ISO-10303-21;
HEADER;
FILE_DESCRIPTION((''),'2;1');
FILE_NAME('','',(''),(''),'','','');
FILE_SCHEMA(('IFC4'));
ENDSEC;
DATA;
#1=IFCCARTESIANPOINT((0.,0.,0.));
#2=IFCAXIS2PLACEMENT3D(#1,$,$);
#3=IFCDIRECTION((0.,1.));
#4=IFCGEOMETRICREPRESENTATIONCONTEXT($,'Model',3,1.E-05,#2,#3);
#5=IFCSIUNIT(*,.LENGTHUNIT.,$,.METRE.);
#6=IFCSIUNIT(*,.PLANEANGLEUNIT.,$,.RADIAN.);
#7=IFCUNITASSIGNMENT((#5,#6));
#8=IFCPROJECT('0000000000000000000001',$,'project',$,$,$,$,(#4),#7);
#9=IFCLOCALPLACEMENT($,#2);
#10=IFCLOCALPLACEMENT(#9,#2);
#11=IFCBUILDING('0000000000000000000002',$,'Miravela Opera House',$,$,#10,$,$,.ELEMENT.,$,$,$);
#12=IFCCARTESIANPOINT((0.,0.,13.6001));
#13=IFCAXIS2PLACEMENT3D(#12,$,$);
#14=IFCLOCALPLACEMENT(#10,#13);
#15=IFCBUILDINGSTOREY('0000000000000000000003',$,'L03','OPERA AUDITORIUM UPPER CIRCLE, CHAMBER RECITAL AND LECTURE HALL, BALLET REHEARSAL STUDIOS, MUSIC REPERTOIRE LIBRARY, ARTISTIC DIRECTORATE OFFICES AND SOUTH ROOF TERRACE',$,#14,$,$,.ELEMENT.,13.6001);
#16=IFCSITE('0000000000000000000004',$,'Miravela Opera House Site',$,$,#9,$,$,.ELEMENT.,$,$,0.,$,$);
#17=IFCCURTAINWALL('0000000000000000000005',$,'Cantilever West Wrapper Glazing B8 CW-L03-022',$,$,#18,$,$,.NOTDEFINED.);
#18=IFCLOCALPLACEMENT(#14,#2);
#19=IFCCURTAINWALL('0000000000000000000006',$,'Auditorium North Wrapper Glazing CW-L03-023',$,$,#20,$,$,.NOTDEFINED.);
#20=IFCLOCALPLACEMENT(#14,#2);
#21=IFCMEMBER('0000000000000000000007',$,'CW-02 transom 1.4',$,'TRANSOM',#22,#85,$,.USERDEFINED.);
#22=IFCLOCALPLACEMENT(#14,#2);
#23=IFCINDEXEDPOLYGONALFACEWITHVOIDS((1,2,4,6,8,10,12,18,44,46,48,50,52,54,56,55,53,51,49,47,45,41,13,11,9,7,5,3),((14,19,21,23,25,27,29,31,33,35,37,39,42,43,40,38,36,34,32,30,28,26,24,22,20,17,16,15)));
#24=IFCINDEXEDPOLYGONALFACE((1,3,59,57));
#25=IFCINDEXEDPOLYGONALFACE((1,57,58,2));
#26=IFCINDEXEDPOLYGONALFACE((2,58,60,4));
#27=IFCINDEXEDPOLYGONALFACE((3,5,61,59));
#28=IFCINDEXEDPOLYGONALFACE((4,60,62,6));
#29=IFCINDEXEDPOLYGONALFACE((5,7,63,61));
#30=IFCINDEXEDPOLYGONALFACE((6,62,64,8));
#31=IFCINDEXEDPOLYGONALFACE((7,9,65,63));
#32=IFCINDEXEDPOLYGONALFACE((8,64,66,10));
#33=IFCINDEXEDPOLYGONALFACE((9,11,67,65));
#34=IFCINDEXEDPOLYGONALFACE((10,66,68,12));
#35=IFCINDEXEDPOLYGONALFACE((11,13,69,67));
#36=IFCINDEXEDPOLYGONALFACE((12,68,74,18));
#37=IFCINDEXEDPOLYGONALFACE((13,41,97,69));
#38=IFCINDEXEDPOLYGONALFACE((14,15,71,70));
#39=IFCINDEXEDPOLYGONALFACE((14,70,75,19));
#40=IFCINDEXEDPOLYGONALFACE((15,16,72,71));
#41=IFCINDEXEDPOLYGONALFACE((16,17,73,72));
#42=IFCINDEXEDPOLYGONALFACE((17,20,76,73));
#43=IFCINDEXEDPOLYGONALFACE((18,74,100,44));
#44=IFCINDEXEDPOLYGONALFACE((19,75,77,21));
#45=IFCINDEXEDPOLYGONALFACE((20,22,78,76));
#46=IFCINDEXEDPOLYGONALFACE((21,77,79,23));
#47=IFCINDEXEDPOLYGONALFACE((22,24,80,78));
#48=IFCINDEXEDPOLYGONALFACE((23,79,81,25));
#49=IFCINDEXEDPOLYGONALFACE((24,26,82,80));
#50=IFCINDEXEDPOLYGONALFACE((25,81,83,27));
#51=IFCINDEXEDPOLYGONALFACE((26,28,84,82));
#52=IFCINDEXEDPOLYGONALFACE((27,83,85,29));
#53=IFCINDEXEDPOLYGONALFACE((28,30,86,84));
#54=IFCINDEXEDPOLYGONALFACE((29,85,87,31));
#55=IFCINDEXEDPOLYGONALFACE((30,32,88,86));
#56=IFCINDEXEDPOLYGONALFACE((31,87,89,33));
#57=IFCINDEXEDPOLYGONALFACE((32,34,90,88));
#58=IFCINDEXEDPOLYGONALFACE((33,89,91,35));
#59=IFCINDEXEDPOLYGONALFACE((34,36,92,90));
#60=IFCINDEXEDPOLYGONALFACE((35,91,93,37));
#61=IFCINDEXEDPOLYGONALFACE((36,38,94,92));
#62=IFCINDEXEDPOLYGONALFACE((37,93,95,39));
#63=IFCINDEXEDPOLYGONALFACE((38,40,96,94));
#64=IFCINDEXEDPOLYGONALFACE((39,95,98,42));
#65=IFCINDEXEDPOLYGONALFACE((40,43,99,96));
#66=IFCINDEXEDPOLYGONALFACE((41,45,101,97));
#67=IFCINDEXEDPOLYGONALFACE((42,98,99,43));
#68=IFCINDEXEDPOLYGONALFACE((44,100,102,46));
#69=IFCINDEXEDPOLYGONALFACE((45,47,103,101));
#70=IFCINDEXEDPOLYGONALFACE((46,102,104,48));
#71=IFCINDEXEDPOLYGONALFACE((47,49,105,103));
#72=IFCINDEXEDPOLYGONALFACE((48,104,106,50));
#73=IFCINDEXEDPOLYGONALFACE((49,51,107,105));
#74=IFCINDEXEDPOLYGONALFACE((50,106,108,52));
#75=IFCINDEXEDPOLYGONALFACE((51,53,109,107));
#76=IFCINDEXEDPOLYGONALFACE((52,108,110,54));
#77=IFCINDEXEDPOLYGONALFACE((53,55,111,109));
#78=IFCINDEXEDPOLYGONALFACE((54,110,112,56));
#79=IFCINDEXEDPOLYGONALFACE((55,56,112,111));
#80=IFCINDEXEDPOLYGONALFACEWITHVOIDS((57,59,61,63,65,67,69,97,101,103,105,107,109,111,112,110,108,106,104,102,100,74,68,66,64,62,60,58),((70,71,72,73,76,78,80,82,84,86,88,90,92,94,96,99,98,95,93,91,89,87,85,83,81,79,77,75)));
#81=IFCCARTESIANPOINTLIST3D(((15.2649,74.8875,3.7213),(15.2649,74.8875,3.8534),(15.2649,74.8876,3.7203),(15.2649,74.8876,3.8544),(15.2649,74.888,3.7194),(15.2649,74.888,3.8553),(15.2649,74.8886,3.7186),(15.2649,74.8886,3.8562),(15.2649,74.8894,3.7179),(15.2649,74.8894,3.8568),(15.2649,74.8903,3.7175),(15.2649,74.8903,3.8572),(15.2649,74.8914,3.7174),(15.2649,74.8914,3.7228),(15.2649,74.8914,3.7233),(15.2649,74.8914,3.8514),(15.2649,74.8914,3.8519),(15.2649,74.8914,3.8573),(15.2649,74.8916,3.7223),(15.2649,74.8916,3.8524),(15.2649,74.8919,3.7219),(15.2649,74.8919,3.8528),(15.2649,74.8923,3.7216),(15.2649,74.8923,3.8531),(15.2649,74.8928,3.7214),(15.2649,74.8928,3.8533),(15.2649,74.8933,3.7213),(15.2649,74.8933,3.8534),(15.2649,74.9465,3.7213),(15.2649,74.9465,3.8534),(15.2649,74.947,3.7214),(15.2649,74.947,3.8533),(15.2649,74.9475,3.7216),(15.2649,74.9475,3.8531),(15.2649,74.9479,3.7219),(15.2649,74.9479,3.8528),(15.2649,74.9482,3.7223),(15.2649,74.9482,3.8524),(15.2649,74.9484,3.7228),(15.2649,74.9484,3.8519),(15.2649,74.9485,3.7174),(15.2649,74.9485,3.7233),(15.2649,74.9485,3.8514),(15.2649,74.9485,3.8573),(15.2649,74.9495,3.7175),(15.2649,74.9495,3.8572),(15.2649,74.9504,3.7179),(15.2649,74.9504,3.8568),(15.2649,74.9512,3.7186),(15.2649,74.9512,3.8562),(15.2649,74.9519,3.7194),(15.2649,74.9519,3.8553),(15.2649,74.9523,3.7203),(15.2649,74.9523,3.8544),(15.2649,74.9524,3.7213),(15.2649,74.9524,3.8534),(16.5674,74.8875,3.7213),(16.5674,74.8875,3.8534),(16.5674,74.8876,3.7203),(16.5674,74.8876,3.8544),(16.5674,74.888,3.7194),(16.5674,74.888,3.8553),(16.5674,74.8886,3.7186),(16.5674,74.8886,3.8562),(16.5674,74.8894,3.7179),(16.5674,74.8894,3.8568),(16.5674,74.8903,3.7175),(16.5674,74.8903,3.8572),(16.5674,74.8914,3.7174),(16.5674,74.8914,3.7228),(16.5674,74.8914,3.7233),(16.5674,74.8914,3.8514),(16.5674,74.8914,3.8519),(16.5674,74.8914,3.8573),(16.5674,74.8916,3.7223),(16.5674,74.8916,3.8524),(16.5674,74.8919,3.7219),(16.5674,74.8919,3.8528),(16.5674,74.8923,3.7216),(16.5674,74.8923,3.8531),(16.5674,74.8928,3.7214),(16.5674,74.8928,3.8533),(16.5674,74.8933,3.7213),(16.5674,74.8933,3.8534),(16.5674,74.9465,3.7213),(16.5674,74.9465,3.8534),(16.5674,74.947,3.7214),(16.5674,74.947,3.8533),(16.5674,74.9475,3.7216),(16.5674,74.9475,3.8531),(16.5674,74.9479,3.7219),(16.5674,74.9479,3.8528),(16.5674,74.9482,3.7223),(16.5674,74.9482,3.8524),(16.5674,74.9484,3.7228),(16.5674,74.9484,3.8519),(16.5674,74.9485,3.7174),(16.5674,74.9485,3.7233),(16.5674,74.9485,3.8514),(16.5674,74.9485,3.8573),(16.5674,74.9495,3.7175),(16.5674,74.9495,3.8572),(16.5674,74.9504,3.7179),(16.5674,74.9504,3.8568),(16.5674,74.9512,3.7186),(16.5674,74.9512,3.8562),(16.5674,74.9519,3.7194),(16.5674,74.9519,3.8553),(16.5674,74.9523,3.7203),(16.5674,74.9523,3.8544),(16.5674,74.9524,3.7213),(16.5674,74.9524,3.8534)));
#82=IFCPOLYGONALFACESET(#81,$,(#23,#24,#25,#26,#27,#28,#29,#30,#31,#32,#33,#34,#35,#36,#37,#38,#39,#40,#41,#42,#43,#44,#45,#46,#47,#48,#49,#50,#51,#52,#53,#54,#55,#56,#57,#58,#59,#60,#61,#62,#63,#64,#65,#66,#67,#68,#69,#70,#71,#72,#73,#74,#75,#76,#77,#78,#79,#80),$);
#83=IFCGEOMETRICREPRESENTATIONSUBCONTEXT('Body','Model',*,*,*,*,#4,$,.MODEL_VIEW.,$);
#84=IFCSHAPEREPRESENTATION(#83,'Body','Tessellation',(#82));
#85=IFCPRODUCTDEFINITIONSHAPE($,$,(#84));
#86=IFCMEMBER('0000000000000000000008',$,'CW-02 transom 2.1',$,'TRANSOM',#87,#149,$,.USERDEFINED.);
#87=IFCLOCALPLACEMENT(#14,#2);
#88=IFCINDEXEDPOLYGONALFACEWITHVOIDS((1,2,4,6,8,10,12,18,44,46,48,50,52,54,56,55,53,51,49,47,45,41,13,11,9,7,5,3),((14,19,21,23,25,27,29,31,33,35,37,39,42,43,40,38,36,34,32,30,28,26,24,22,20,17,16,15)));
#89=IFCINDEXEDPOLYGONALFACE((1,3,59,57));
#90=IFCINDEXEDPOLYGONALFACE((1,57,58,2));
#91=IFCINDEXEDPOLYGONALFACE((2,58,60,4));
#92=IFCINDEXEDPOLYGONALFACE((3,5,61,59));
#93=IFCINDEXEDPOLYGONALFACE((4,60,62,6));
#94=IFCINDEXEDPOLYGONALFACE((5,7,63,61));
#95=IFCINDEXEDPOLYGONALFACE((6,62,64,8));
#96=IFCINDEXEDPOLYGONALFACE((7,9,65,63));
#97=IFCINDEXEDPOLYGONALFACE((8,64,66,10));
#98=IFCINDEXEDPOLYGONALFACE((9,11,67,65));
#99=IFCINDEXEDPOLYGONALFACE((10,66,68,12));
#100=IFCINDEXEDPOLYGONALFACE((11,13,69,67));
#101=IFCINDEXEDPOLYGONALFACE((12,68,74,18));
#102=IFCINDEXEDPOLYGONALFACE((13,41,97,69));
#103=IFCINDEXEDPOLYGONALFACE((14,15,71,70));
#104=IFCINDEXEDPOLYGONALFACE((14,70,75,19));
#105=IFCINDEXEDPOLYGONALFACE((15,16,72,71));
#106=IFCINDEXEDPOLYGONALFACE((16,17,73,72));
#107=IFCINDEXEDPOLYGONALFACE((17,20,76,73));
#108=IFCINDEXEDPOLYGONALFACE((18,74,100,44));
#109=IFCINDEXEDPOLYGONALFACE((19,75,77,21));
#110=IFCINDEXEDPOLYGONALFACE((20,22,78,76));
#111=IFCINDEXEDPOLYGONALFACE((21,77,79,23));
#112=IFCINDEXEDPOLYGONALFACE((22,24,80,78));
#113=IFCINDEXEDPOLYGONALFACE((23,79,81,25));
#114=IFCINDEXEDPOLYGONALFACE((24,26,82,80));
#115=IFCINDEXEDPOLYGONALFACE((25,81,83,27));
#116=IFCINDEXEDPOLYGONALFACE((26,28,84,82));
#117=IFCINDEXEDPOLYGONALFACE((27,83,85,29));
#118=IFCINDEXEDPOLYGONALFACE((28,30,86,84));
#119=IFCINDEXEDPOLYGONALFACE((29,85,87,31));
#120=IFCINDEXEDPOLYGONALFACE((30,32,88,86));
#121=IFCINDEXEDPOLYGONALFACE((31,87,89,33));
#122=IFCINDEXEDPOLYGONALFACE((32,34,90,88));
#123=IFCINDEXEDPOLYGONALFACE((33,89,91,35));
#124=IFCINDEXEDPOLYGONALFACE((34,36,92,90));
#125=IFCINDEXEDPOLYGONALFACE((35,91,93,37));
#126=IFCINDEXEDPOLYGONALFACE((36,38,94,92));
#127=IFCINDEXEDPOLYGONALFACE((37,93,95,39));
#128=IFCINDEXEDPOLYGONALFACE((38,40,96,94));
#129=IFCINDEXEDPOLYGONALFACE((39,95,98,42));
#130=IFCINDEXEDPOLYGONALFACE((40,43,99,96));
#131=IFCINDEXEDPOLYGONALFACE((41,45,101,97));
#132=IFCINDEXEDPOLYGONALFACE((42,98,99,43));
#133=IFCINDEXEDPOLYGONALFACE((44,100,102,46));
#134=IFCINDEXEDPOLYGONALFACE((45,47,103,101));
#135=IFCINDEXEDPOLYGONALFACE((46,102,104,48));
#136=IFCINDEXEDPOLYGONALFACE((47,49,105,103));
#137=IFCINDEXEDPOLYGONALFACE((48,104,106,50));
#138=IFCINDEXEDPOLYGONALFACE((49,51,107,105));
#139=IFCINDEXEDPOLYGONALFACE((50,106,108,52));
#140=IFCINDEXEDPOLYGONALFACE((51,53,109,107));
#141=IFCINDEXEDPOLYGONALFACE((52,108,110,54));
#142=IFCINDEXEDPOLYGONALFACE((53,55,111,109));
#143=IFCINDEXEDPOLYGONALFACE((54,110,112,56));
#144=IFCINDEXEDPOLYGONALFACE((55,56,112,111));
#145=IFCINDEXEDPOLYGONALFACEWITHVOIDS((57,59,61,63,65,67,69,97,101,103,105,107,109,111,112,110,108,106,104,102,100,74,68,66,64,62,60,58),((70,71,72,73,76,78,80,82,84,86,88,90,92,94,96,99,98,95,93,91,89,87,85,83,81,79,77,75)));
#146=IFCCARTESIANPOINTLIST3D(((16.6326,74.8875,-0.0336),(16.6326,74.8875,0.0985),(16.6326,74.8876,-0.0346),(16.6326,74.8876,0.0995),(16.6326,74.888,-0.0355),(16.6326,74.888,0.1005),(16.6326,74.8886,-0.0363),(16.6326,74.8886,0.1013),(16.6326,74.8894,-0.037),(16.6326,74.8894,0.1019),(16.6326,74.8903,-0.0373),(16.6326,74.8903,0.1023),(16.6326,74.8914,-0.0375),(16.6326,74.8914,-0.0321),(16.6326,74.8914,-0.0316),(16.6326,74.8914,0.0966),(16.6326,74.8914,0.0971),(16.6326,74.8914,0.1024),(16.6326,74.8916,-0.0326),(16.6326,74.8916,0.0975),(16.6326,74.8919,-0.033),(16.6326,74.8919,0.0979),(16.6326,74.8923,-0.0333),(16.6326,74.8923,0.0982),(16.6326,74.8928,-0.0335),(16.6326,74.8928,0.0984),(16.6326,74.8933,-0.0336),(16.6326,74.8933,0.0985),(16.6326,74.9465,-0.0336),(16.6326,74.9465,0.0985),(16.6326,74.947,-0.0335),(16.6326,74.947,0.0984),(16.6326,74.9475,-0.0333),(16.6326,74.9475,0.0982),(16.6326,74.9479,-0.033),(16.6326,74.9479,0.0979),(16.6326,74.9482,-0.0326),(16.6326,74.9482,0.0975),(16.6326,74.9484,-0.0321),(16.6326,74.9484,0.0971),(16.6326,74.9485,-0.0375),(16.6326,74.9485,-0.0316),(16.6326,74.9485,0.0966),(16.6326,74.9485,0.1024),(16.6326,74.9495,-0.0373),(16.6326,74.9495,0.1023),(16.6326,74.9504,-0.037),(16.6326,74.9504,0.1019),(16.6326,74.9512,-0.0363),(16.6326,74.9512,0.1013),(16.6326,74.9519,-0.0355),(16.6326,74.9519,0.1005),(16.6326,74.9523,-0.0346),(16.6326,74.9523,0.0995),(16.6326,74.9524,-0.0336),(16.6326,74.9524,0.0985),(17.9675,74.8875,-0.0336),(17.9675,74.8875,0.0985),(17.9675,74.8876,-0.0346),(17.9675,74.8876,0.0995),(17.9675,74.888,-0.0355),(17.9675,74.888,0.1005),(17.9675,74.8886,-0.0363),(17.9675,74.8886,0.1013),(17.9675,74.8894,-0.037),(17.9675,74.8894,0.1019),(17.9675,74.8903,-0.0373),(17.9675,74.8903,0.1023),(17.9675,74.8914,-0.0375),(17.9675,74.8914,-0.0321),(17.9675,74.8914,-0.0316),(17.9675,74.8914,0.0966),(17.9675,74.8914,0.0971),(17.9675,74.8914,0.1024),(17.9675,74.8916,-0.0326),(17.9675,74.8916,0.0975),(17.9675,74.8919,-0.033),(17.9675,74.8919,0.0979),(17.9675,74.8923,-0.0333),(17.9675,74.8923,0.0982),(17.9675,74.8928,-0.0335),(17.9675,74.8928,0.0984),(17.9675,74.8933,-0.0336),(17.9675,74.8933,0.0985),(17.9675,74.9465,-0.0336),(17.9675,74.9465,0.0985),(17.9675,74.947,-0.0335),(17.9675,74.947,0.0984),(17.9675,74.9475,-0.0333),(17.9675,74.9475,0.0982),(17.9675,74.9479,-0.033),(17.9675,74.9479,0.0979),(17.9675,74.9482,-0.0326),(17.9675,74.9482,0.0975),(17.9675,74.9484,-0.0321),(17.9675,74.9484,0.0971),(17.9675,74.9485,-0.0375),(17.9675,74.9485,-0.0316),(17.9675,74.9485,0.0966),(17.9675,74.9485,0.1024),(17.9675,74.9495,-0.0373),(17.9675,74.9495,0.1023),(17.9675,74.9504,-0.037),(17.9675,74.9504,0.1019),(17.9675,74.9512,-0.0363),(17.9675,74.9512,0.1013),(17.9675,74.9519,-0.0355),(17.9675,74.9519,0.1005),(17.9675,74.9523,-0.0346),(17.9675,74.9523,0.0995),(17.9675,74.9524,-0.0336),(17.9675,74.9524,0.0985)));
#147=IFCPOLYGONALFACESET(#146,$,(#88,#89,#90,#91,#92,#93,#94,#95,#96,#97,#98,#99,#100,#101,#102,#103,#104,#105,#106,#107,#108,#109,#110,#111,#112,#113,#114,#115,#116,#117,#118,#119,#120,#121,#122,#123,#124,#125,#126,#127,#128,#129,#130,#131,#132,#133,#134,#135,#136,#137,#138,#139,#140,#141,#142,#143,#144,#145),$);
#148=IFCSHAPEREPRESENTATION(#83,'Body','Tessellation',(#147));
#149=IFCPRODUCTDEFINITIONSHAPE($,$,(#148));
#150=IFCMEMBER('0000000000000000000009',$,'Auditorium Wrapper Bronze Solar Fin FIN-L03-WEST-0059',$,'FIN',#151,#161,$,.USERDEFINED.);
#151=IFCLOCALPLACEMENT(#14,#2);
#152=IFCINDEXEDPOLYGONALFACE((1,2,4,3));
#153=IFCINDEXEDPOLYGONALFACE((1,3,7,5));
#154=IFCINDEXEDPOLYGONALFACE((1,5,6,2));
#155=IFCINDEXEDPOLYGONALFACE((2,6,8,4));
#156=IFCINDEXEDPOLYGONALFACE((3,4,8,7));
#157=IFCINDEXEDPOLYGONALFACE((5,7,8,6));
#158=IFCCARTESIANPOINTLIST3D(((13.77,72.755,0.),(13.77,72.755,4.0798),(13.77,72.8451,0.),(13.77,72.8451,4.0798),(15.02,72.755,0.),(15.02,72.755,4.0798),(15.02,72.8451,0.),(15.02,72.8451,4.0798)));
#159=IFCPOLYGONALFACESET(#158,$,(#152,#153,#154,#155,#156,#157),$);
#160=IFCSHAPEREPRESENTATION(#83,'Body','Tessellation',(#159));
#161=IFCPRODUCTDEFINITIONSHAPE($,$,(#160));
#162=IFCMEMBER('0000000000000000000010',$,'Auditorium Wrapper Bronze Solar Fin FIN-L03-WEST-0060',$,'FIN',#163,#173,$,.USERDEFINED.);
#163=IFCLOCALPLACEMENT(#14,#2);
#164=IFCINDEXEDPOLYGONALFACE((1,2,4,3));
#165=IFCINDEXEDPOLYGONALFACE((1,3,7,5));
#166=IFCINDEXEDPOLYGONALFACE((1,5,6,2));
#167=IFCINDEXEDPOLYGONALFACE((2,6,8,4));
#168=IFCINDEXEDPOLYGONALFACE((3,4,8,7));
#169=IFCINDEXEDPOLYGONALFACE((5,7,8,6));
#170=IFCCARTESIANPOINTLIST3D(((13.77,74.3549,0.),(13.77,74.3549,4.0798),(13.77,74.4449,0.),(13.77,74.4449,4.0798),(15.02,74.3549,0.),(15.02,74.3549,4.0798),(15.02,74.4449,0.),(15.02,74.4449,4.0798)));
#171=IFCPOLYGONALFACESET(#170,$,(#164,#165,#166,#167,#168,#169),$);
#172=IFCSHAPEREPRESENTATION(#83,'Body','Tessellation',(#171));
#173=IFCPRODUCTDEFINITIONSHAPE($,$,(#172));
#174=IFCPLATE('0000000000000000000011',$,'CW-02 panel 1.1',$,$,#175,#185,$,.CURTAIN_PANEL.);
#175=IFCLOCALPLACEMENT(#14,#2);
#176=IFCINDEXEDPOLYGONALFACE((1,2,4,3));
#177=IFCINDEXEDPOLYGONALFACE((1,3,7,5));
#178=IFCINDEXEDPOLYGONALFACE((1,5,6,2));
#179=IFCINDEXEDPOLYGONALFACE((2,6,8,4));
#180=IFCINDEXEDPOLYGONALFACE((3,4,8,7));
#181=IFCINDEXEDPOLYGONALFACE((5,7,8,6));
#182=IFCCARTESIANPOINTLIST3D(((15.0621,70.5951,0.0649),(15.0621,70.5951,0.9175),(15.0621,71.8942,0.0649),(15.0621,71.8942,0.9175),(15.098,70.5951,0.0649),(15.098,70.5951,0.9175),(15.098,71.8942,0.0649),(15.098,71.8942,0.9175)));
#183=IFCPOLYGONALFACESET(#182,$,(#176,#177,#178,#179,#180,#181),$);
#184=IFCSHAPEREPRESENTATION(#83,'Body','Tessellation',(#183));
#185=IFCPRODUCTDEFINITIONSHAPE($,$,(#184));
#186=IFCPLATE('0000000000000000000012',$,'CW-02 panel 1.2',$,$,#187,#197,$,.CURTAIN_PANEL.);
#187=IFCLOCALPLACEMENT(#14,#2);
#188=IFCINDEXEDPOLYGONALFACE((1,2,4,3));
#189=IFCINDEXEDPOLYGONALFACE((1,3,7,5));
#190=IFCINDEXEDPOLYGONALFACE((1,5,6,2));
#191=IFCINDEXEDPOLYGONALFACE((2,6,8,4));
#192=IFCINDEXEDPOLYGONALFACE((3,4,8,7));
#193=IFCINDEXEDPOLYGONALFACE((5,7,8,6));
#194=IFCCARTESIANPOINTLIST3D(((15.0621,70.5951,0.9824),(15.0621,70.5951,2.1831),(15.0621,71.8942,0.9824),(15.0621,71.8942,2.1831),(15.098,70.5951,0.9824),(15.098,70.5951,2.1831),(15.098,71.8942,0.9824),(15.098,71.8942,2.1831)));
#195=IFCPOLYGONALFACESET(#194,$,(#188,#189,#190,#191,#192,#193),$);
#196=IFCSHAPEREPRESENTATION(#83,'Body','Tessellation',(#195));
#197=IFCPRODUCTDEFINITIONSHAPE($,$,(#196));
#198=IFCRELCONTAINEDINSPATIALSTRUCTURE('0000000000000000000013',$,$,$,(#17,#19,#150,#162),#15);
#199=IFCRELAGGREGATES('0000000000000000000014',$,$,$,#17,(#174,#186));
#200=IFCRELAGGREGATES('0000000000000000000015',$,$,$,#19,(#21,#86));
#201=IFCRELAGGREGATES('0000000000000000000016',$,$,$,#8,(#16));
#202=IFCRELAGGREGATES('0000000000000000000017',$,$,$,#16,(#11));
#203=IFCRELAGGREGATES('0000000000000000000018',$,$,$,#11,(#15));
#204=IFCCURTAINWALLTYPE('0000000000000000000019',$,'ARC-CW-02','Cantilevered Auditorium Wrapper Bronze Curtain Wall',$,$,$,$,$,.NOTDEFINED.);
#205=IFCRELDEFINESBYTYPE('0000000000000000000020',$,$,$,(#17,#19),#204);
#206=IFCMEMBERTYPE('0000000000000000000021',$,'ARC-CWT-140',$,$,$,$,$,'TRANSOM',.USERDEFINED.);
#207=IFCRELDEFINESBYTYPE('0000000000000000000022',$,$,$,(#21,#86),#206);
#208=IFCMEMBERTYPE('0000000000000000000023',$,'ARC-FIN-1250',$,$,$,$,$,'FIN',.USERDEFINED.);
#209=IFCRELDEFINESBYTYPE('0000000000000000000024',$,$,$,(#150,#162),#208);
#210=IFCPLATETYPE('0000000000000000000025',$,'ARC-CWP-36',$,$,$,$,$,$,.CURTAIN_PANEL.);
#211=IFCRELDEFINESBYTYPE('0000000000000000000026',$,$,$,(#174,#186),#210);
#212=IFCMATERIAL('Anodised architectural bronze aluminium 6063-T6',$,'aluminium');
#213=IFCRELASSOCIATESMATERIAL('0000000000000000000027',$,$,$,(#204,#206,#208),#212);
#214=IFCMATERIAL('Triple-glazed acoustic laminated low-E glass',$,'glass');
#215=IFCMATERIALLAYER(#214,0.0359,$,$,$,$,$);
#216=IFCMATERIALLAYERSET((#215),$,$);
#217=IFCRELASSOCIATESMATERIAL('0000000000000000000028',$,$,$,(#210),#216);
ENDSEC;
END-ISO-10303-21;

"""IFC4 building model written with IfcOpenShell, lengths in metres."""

from ifc_helpers import new_model, si_unit, direction, frame, origin, origin_2d, place, context, subcontext, project, spatial, rectangle, hollow_rectangle, extrude, material, layer, layer_set, material_profile, profile_set, type_object, element, aggregate, save


model = new_model("IFC4")

# Units and contexts
model_context = context("Model", 3, precision=1e-05, world=origin(), true_north=direction((0.0, 1.0)))
body_context = subcontext(model_context, "Body", "Model", "MODEL_VIEW")
ifc_project = project(units=[si_unit("LENGTHUNIT", "METRE"), si_unit("PLANEANGLEUNIT", "RADIAN")], contexts=[model_context])

# Site, building, storey
site_placement = place(None, origin())
site = spatial("IfcSite", under=ifc_project, at=site_placement, Name="Miravela Opera House Site", CompositionType="ELEMENT", RefElevation=0.0)
building_placement = place(site_placement, origin())
building = spatial("IfcBuilding", under=site, at=building_placement, Name="Miravela Opera House", CompositionType="ELEMENT")
storey_placement = place(building_placement, frame((0.0, 0.0, 13.6001)))
storey = spatial("IfcBuildingStorey", under=building, at=storey_placement, Name="L03", Description="OPERA AUDITORIUM UPPER CIRCLE, CHAMBER RECITAL AND LECTURE HALL, BALLET REHEARSAL STUDIOS, MUSIC REPERTOIRE LIBRARY, ARTISTIC DIRECTORATE OFFICES AND SOUTH ROOF TERRACE", CompositionType="ELEMENT", Elevation=13.6001)

# Curtain walls
ifc_material_1 = material(Name="Anodised architectural bronze aluminium 6063-T6", Category="aluminium")
curtain_wall_type = type_object("IfcCurtainWallType", Name="ARC-CW-02", Description="Cantilevered Auditorium Wrapper Bronze Curtain Wall", PredefinedType="NOTDEFINED", material=ifc_material_1)
curtain_wall_1_placement = place(storey_placement, origin())
curtain_wall_1 = element("IfcCurtainWall", 1, at=curtain_wall_1_placement, inside=storey, type_object=curtain_wall_type, Name="Cantilever West Wrapper Glazing B8 CW-L03-022", PredefinedType="NOTDEFINED")
curtain_wall_2_placement = place(storey_placement, origin())
curtain_wall_2 = element("IfcCurtainWall", 2, at=curtain_wall_2_placement, inside=storey, type_object=curtain_wall_type, Name="Auditorium North Wrapper Glazing CW-L03-023", PredefinedType="NOTDEFINED")

# Members
ifc_material_profile_1 = material_profile(ifc_material_1, hollow_rectangle(XDim=0.0649, YDim=0.1399, WallThickness=0.0039, InnerFilletRadius=0.002, OuterFilletRadius=0.0039, at=origin_2d()), Name="CWT-65X140")
ifc_profile_set_1 = profile_set([ifc_material_profile_1])
member_type_1 = type_object("IfcMemberType", Name="ARC-CWT-140", ElementType="TRANSOM", PredefinedType="USERDEFINED", material=ifc_profile_set_1)
member_1_placement = place(storey_placement, frame((15.2649, 74.9199, 3.7874), z_axis=(1.0, 0.0, 0.0), x_axis=(0.0, 1.0, 0.0)))
member_1 = element("IfcMember", 3, at=member_1_placement, type_object=member_type_1, Name="CW-02 transom 1.4", ObjectType="TRANSOM", PredefinedType="USERDEFINED", context=body_context, shape_type="SweptSolid", body=[
    extrude(hollow_rectangle(XDim=0.0649, YDim=0.1399, WallThickness=0.0039, InnerFilletRadius=0.002, OuterFilletRadius=0.0039, at=origin_2d()), origin(), (0.0, 0.0, 1.0), 1.3025),
])
member_2_placement = place(storey_placement, frame((16.6326, 74.9199, 0.0325), z_axis=(1.0, 0.0, 0.0), x_axis=(0.0, 1.0, 0.0)))
member_2 = element("IfcMember", 4, at=member_2_placement, type_object=member_type_1, Name="CW-02 transom 2.1", ObjectType="TRANSOM", PredefinedType="USERDEFINED", context=body_context, shape_type="SweptSolid", body=[
    extrude(hollow_rectangle(XDim=0.0649, YDim=0.1399, WallThickness=0.0039, InnerFilletRadius=0.002, OuterFilletRadius=0.0039, at=origin_2d()), origin(), (0.0, 0.0, 1.0), 1.335),
])

# Members
ifc_material_profile_2 = material_profile(ifc_material_1, rectangle(XDim=0.0901, YDim=1.25, at=origin_2d()), Name="FIN-1250X90")
ifc_profile_set_2 = profile_set([ifc_material_profile_2])
member_type_2 = type_object("IfcMemberType", Name="ARC-FIN-1250", ElementType="FIN", PredefinedType="USERDEFINED", material=ifc_profile_set_2)
for number, where, z_axis, x_axis, name in (
    (5, (14.395, 72.8, 0.0), (0.0, 0.0, 1.0), (0.0, 1.0, 0.0), "Auditorium Wrapper Bronze Solar Fin FIN-L03-WEST-0059"),
    (6, (14.395, 74.3999, 0.0), (0.0, 0.0, 1.0), (0.0, 1.0, 0.0), "Auditorium Wrapper Bronze Solar Fin FIN-L03-WEST-0060"),
):
    element("IfcMember", number, at=place(storey_placement, frame(where, z_axis=z_axis, x_axis=x_axis)), inside=storey, type_object=member_type_2, Name=name, ObjectType="FIN", PredefinedType="USERDEFINED", context=body_context, shape_type="SweptSolid", body=[
        extrude(rectangle(XDim=0.0901, YDim=1.25, at=origin_2d()), origin(), (0.0, 0.0, 1.0), 4.0798),
    ])

# Plates
ifc_material_2 = material(Name="Triple-glazed acoustic laminated low-E glass", Category="glass")
ifc_layer = layer(ifc_material_2, 0.0359)
ifc_layer_set = layer_set([ifc_layer])
plate_type = type_object("IfcPlateType", Name="ARC-CWP-36", PredefinedType="CURTAIN_PANEL", material=ifc_layer_set)
plate_1_placement = place(storey_placement, frame((15.0801, 71.2446, 0.0649), z_axis=(0.0, 0.0, 1.0), x_axis=(0.0, 1.0, 0.0)))
plate_1 = element("IfcPlate", 7, at=plate_1_placement, type_object=plate_type, Name="CW-02 panel 1.1", PredefinedType="CURTAIN_PANEL", context=body_context, shape_type="SweptSolid", body=[
    extrude(rectangle(XDim=1.2991, YDim=0.0359, at=origin_2d()), origin(), (0.0, 0.0, 1.0), 0.8525),
])
plate_2_placement = place(storey_placement, frame((15.0801, 71.2446, 0.9824), z_axis=(0.0, 0.0, 1.0), x_axis=(0.0, 1.0, 0.0)))
plate_2 = element("IfcPlate", 8, at=plate_2_placement, type_object=plate_type, Name="CW-02 panel 1.2", PredefinedType="CURTAIN_PANEL", context=body_context, shape_type="SweptSolid", body=[
    extrude(rectangle(XDim=1.2991, YDim=0.0359, at=origin_2d()), origin(), (0.0, 0.0, 1.0), 1.2007),
])
aggregate(curtain_wall_1, [plate_1, plate_2])
aggregate(curtain_wall_2, [member_1, member_2])

save(model, "model.ifc")
